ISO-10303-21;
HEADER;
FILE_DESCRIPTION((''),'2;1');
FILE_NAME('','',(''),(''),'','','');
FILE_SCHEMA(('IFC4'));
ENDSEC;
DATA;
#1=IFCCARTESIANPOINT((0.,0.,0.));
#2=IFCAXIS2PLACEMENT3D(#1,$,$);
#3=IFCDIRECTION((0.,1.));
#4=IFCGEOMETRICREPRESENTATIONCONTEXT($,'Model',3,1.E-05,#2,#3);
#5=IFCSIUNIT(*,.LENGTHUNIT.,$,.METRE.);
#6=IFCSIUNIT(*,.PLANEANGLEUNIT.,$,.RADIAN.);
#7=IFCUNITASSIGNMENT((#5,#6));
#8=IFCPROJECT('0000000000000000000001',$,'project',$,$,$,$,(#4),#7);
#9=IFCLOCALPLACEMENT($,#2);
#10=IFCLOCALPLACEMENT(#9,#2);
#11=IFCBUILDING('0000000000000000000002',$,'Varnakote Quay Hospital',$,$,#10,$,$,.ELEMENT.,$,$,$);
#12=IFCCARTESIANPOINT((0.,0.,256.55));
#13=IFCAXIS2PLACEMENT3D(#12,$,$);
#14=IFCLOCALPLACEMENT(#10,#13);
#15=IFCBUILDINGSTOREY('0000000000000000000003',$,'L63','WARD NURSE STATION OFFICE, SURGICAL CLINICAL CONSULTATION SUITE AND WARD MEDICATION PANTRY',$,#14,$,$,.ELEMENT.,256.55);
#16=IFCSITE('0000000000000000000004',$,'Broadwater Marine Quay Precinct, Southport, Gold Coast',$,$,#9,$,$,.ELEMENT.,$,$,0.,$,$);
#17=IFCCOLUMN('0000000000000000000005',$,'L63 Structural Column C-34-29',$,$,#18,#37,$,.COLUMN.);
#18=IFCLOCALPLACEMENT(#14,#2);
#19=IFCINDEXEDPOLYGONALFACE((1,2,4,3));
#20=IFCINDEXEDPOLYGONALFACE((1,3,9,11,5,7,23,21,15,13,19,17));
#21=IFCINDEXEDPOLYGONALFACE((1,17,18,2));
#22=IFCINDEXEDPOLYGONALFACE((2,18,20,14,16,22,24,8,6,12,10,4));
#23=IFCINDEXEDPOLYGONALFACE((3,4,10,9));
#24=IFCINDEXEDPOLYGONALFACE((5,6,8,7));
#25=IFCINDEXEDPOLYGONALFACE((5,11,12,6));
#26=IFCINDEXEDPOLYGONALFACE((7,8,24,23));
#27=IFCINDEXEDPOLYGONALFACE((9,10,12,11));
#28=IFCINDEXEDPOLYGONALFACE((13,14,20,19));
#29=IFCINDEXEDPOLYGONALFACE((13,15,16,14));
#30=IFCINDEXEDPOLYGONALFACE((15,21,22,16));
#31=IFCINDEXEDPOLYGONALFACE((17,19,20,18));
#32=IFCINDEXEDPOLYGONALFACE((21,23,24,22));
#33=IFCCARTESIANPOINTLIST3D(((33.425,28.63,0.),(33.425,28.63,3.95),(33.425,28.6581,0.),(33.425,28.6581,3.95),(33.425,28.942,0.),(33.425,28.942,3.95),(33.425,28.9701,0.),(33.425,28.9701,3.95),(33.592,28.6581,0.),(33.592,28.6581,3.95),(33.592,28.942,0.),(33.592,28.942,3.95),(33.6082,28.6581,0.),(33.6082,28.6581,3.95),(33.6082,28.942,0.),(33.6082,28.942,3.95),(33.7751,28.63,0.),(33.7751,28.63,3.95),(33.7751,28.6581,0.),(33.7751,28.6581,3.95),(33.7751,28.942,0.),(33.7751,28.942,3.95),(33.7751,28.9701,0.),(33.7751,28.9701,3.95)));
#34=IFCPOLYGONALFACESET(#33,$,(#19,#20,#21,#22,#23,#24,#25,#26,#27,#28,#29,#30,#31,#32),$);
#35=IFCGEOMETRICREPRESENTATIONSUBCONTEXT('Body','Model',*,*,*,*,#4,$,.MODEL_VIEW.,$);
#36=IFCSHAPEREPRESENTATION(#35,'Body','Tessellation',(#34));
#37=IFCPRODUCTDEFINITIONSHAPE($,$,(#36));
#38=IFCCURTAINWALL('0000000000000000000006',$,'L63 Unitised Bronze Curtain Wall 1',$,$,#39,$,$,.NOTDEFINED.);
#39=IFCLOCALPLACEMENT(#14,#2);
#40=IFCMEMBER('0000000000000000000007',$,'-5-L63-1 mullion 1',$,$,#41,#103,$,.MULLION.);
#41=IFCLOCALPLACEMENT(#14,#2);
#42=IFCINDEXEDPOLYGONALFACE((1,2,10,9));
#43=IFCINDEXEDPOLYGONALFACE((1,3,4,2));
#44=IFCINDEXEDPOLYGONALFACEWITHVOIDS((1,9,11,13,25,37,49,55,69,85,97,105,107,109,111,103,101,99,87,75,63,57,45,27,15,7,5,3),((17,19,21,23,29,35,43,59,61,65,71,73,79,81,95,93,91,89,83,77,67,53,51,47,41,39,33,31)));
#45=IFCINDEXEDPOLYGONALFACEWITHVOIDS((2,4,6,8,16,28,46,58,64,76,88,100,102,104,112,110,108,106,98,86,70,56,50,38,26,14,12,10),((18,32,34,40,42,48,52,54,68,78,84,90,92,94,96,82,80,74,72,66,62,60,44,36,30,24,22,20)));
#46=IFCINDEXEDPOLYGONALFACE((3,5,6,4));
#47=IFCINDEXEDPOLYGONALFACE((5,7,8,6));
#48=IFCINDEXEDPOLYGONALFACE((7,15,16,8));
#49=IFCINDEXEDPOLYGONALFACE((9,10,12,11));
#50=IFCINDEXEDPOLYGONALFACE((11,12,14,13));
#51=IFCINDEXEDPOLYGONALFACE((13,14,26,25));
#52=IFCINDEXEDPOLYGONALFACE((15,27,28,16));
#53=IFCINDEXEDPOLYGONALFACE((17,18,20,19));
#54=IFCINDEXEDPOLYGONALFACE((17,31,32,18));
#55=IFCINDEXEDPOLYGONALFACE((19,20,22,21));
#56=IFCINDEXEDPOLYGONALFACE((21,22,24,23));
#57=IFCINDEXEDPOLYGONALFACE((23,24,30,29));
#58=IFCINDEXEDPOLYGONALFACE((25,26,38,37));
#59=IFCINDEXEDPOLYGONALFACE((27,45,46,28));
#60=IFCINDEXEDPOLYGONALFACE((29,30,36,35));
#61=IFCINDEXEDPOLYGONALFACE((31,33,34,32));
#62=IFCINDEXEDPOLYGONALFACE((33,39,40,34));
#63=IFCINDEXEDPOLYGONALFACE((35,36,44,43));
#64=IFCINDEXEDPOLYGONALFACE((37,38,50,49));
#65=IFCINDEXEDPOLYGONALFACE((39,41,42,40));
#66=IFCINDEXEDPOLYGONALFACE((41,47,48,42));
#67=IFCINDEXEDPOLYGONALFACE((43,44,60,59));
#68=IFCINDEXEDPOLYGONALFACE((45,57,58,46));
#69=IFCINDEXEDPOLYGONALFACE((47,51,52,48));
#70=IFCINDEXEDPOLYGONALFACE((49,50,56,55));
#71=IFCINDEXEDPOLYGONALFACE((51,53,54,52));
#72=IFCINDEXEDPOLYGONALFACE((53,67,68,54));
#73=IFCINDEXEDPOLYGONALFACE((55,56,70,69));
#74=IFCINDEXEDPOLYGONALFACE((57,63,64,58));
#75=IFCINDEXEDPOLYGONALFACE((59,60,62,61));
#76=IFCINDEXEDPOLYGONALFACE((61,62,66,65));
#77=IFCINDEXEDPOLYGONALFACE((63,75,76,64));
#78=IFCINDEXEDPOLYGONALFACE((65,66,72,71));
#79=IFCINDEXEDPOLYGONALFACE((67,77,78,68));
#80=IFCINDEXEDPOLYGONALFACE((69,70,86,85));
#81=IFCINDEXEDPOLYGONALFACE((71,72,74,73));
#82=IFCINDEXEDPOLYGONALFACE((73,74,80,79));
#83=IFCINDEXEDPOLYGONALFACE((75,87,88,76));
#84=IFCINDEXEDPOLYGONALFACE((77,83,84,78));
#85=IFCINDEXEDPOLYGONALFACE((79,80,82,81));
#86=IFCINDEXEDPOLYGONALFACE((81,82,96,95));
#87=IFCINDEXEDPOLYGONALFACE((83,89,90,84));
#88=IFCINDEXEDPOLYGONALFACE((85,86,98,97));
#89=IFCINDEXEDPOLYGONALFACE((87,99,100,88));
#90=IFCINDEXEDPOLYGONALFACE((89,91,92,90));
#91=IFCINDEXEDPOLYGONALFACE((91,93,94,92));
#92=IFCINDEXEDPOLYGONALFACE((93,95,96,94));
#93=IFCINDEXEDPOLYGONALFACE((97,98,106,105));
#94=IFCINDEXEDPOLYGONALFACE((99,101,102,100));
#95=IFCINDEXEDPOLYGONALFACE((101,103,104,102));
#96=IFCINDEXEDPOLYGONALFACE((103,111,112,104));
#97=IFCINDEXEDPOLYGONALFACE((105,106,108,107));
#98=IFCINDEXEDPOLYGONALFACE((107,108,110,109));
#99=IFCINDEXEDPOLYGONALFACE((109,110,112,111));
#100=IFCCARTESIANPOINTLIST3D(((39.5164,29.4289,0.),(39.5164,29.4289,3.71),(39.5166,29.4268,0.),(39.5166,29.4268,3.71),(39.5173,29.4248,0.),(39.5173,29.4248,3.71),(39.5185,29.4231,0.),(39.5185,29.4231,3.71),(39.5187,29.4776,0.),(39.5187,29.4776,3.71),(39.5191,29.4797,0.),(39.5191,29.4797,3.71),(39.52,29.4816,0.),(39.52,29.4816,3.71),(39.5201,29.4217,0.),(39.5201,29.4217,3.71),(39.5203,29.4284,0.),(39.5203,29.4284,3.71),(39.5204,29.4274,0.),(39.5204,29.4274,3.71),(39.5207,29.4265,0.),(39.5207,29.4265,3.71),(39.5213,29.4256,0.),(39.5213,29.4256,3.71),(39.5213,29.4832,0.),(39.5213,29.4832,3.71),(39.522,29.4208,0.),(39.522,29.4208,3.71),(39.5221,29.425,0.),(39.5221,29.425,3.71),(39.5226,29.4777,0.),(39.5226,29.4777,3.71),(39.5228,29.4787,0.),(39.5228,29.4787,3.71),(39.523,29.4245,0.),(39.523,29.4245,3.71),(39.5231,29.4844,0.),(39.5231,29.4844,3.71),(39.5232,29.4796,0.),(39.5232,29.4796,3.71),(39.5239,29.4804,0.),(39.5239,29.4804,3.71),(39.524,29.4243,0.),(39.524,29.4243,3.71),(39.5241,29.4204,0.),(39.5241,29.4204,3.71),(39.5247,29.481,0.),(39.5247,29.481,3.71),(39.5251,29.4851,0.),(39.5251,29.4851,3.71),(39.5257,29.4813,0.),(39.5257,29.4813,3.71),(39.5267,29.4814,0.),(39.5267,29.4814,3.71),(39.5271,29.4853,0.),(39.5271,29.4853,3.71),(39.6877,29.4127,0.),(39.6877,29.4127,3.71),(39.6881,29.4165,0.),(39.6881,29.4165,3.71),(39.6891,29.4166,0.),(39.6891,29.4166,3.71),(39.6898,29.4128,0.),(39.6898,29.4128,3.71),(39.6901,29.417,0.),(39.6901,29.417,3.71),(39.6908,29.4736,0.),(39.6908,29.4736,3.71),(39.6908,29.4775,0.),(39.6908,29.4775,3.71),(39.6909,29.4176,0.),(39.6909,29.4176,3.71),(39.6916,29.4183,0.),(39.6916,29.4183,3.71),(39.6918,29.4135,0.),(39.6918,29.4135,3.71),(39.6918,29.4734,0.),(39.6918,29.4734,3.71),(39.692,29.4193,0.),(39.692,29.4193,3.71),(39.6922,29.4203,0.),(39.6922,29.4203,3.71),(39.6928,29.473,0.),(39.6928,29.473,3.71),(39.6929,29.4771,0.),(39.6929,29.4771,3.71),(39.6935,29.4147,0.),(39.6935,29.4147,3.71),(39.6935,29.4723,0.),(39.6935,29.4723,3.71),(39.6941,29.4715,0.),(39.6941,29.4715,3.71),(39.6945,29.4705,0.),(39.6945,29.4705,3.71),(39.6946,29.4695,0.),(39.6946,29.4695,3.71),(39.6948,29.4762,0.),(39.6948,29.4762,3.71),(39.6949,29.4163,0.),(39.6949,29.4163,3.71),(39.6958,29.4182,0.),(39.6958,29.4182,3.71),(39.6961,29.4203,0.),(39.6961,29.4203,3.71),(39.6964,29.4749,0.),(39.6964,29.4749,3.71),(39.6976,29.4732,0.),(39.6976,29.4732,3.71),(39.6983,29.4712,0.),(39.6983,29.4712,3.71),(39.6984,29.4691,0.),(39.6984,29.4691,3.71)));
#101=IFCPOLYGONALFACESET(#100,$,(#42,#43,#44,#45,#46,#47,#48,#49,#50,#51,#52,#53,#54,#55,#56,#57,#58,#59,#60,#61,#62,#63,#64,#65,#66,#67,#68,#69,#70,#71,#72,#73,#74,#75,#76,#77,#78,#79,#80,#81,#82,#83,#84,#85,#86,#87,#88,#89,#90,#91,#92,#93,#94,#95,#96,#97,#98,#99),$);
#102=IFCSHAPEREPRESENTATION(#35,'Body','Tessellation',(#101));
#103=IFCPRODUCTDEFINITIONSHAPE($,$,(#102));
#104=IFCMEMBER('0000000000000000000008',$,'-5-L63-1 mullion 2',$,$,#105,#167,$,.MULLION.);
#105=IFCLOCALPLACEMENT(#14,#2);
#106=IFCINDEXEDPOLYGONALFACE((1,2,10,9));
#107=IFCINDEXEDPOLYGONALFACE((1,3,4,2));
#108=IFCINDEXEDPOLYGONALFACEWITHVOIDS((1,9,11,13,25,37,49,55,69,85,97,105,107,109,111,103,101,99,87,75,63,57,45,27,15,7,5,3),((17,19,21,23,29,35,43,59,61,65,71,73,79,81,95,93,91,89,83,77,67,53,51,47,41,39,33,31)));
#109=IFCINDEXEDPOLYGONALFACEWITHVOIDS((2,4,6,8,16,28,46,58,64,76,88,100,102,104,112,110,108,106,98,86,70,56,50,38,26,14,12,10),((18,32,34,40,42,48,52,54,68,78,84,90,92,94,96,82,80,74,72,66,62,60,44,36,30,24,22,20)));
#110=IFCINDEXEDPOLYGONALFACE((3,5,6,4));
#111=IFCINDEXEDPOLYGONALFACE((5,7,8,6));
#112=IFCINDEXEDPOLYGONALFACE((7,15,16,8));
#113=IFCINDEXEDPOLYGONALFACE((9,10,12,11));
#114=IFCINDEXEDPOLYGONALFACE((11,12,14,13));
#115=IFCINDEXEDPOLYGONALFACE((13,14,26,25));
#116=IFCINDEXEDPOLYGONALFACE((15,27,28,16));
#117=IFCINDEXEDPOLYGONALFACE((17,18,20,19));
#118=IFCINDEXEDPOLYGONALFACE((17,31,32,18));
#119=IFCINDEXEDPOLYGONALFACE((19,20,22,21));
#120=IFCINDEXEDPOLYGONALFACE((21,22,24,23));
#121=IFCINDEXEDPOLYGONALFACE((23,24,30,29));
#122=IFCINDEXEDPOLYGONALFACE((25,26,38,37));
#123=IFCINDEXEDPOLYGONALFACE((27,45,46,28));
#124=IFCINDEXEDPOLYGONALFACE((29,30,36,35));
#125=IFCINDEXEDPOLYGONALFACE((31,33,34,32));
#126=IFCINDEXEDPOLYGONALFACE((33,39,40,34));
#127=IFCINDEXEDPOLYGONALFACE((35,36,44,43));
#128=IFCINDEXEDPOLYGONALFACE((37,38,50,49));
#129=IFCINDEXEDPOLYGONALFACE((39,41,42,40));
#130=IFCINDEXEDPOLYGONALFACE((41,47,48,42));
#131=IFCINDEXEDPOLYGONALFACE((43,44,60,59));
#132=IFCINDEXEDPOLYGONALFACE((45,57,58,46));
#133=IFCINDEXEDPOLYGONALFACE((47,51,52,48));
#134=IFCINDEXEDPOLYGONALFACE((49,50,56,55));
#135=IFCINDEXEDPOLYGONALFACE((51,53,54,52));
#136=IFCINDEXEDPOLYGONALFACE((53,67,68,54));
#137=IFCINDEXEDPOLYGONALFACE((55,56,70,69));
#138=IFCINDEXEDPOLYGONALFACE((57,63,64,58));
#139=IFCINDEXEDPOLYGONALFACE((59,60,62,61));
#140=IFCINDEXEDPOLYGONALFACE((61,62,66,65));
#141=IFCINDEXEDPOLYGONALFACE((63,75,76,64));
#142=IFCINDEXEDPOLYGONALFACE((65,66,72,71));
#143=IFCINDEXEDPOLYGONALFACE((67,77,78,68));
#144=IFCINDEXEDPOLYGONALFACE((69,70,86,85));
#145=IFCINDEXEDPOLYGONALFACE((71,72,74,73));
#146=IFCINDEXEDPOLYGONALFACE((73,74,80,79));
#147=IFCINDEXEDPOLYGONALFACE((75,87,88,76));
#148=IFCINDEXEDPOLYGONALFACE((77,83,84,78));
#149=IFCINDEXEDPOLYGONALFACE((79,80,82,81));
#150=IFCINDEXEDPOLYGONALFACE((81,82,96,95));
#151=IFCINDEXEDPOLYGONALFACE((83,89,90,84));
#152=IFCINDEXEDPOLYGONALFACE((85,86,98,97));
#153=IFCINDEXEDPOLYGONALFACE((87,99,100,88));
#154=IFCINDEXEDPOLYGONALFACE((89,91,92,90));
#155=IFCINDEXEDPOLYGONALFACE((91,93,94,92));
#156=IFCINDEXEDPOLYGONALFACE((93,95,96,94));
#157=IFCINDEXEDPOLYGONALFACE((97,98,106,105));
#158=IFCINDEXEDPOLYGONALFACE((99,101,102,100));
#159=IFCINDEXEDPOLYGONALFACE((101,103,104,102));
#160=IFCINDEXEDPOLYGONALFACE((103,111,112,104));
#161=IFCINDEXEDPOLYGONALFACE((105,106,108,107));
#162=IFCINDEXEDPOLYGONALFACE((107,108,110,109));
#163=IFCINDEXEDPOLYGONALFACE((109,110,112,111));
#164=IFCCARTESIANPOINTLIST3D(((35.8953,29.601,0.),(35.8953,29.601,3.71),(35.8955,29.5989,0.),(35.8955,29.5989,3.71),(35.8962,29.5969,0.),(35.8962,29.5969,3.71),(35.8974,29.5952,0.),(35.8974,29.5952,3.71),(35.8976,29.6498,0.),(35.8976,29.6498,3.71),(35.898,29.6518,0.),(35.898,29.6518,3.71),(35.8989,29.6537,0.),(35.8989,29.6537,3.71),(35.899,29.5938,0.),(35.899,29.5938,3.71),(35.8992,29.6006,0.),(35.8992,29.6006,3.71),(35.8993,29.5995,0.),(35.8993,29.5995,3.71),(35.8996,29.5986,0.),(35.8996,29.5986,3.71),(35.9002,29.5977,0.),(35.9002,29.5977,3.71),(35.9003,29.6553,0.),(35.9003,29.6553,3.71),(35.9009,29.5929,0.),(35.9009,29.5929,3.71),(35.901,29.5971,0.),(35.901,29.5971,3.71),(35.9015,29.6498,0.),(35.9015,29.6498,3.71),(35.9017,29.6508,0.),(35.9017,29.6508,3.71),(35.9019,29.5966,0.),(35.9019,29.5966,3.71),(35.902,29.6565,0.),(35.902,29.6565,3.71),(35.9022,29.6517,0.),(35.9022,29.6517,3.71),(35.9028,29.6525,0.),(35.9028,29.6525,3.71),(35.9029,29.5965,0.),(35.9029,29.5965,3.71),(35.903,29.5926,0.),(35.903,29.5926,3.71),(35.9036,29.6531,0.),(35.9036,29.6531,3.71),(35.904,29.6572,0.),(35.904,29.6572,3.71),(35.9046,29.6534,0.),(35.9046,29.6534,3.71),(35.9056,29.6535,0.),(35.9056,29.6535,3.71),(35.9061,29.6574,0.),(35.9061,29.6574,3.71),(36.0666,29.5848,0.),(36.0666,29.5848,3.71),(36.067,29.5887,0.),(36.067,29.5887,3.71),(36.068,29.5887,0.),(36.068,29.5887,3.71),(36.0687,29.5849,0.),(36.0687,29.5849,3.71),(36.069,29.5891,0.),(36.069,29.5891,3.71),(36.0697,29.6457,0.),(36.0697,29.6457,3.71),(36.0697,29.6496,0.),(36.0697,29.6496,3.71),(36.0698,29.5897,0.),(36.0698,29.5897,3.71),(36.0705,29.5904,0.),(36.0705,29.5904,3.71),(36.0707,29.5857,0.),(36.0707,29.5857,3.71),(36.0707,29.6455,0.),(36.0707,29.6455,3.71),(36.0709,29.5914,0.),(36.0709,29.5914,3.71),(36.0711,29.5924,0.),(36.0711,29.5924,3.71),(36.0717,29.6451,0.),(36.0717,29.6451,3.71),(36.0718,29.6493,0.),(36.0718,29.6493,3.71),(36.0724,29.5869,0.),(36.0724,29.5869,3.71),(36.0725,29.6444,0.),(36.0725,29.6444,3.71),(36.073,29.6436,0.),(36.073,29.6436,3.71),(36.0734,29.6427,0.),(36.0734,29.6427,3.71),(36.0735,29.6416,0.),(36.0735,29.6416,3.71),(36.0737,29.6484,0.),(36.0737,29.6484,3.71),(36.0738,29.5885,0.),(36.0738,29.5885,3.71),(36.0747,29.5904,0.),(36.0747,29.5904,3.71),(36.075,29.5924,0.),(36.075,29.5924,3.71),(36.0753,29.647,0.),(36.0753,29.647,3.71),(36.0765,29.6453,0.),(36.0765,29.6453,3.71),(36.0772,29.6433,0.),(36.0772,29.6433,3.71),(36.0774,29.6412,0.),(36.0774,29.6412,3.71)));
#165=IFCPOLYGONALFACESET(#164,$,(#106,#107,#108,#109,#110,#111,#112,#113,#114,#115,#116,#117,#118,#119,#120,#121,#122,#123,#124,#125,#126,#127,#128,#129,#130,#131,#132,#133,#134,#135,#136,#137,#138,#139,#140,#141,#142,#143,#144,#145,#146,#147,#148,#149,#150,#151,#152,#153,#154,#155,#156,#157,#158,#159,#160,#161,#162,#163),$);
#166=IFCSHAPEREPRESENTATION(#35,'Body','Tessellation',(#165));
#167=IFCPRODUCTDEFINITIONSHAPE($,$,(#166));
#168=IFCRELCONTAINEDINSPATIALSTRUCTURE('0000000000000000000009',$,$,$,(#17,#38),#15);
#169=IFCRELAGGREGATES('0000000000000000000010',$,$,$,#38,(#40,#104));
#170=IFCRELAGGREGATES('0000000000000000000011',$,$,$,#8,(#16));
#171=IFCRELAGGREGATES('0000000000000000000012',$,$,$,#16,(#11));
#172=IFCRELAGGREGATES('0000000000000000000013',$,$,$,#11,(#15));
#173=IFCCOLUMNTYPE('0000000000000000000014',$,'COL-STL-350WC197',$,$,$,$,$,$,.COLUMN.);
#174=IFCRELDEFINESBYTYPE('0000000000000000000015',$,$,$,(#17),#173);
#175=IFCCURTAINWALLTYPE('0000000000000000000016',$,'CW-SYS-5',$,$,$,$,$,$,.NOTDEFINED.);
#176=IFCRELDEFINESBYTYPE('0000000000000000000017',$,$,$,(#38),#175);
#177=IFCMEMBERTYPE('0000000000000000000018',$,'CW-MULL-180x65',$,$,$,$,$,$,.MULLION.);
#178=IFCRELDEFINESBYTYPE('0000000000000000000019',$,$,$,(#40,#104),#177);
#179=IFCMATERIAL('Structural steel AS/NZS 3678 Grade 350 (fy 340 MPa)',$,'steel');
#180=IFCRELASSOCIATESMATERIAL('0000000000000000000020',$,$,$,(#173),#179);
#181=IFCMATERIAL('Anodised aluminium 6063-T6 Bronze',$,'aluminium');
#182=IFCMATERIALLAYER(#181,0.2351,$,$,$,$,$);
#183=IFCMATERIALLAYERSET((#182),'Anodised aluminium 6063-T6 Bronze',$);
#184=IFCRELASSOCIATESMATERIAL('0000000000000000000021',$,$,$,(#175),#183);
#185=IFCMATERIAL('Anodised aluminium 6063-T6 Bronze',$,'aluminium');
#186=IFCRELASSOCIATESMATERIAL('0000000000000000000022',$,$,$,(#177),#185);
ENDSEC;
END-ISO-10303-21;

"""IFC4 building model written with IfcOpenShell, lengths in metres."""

from ifc_helpers import new_model, si_unit, direction, frame, origin, origin_2d, place, context, subcontext, project, spatial, hollow_rectangle, i_section, extrude, material, layer, layer_set, material_profile, profile_set, type_object, element, aggregate, save


model = new_model("IFC4")

# Units and contexts
model_context = context("Model", 3, precision=1e-05, world=origin(), true_north=direction((0.0, 1.0)))
body_context = subcontext(model_context, "Body", "Model", "MODEL_VIEW")
ifc_project = project(units=[si_unit("LENGTHUNIT", "METRE"), si_unit("PLANEANGLEUNIT", "RADIAN")], contexts=[model_context])

# Site, building, storey
site_placement = place(None, origin())
site = spatial("IfcSite", under=ifc_project, at=site_placement, Name="Broadwater Marine Quay Precinct, Southport, Gold Coast", CompositionType="ELEMENT", RefElevation=0.0)
building_placement = place(site_placement, origin())
building = spatial("IfcBuilding", under=site, at=building_placement, Name="Varnakote Quay Hospital", CompositionType="ELEMENT")
storey_placement = place(building_placement, frame((0.0, 0.0, 256.55)))
storey = spatial("IfcBuildingStorey", under=building, at=storey_placement, Name="L63", Description="WARD NURSE STATION OFFICE, SURGICAL CLINICAL CONSULTATION SUITE AND WARD MEDICATION PANTRY", CompositionType="ELEMENT", Elevation=256.55)

# Column
ifc_material_1 = material(Name="Structural steel AS/NZS 3678 Grade 350 (fy 340 MPa)", Category="steel")
ifc_material_profile_1 = material_profile(ifc_material_1, i_section(OverallWidth=0.3501, OverallDepth=0.3401, WebThickness=0.0161, FlangeThickness=0.0281, at=origin_2d()), Name="350WC197")
ifc_profile_set_1 = profile_set([ifc_material_profile_1], Name="Structural steel AS/NZS 3678 Grade 350 (fy 340 MPa)")
column_type = type_object("IfcColumnType", Name="COL-STL-350WC197", PredefinedType="COLUMN", material=ifc_profile_set_1)
column_placement = place(storey_placement, frame((33.6001, 28.8, 0.0), z_axis=(0.0, 0.0, 1.0), x_axis=(1.0, 0.0, 0.0)))
element("IfcColumn", 1, at=column_placement, inside=storey, type_object=column_type, Name="L63 Structural Column C-34-29", PredefinedType="COLUMN", context=body_context, shape_type="SweptSolid", body=[
    extrude(i_section(OverallWidth=0.3501, OverallDepth=0.3401, WebThickness=0.0161, FlangeThickness=0.0281, at=origin_2d()), origin(), (0.0, 0.0, 1.0), 3.95),
])

# Curtain wall, members
ifc_material_2 = material(Name="Anodised aluminium 6063-T6 Bronze", Category="aluminium")
ifc_layer_1 = layer(ifc_material_2, 0.2351)
ifc_layer_set_1 = layer_set([ifc_layer_1], Name="Anodised aluminium 6063-T6 Bronze")
curtain_wall_type = type_object("IfcCurtainWallType", Name="CW-SYS-5", PredefinedType="NOTDEFINED", material=ifc_layer_set_1)
curtain_wall_placement = place(storey_placement, origin())
curtain_wall = element("IfcCurtainWall", 2, at=curtain_wall_placement, inside=storey, type_object=curtain_wall_type, Name="L63 Unitised Bronze Curtain Wall 1", PredefinedType="NOTDEFINED")
ifc_material_3 = material(Name="Anodised aluminium 6063-T6 Bronze", Category="aluminium")
ifc_material_profile_2 = material_profile(ifc_material_3, hollow_rectangle(XDim=0.0649, YDim=0.1799, WallThickness=0.0039, InnerFilletRadius=0.0039, OuterFilletRadius=0.0081, at=origin_2d()), Name="CW-MULL-180x65")
ifc_profile_set_2 = profile_set([ifc_material_profile_2], Name="Anodised aluminium 6063-T6 Bronze")
member_type_1 = type_object("IfcMemberType", Name="CW-MULL-180x65", PredefinedType="MULLION", material=ifc_profile_set_2)
member_1_placement = place(storey_placement, frame((39.6074, 29.449, 0.0), z_axis=(0.0, 0.0, 1.0), x_axis=(-0.047497, -0.998871, 0.0)))
member_1 = element("IfcMember", 3, at=member_1_placement, type_object=member_type_1, Name="-5-L63-1 mullion 1", PredefinedType="MULLION", context=body_context, shape_type="SweptSolid", body=[
    extrude(hollow_rectangle(XDim=0.0649, YDim=0.1799, WallThickness=0.0039, InnerFilletRadius=0.0039, OuterFilletRadius=0.0081, at=origin_2d()), origin(), (0.0, 0.0, 1.0), 3.71),
])
member_2_placement = place(storey_placement, frame((35.9863, 29.6211, 0.0), z_axis=(0.0, 0.0, 1.0), x_axis=(-0.047497, -0.998871, 0.0)))
member_2 = element("IfcMember", 4, at=member_2_placement, type_object=member_type_1, Name="-5-L63-1 mullion 2", PredefinedType="MULLION", context=body_context, shape_type="SweptSolid", body=[
    extrude(hollow_rectangle(XDim=0.0649, YDim=0.1799, WallThickness=0.0039, InnerFilletRadius=0.0039, OuterFilletRadius=0.0081, at=origin_2d()), origin(), (0.0, 0.0, 1.0), 3.71),
])
aggregate(curtain_wall, [member_1, member_2])

save(model, "model.ifc")
